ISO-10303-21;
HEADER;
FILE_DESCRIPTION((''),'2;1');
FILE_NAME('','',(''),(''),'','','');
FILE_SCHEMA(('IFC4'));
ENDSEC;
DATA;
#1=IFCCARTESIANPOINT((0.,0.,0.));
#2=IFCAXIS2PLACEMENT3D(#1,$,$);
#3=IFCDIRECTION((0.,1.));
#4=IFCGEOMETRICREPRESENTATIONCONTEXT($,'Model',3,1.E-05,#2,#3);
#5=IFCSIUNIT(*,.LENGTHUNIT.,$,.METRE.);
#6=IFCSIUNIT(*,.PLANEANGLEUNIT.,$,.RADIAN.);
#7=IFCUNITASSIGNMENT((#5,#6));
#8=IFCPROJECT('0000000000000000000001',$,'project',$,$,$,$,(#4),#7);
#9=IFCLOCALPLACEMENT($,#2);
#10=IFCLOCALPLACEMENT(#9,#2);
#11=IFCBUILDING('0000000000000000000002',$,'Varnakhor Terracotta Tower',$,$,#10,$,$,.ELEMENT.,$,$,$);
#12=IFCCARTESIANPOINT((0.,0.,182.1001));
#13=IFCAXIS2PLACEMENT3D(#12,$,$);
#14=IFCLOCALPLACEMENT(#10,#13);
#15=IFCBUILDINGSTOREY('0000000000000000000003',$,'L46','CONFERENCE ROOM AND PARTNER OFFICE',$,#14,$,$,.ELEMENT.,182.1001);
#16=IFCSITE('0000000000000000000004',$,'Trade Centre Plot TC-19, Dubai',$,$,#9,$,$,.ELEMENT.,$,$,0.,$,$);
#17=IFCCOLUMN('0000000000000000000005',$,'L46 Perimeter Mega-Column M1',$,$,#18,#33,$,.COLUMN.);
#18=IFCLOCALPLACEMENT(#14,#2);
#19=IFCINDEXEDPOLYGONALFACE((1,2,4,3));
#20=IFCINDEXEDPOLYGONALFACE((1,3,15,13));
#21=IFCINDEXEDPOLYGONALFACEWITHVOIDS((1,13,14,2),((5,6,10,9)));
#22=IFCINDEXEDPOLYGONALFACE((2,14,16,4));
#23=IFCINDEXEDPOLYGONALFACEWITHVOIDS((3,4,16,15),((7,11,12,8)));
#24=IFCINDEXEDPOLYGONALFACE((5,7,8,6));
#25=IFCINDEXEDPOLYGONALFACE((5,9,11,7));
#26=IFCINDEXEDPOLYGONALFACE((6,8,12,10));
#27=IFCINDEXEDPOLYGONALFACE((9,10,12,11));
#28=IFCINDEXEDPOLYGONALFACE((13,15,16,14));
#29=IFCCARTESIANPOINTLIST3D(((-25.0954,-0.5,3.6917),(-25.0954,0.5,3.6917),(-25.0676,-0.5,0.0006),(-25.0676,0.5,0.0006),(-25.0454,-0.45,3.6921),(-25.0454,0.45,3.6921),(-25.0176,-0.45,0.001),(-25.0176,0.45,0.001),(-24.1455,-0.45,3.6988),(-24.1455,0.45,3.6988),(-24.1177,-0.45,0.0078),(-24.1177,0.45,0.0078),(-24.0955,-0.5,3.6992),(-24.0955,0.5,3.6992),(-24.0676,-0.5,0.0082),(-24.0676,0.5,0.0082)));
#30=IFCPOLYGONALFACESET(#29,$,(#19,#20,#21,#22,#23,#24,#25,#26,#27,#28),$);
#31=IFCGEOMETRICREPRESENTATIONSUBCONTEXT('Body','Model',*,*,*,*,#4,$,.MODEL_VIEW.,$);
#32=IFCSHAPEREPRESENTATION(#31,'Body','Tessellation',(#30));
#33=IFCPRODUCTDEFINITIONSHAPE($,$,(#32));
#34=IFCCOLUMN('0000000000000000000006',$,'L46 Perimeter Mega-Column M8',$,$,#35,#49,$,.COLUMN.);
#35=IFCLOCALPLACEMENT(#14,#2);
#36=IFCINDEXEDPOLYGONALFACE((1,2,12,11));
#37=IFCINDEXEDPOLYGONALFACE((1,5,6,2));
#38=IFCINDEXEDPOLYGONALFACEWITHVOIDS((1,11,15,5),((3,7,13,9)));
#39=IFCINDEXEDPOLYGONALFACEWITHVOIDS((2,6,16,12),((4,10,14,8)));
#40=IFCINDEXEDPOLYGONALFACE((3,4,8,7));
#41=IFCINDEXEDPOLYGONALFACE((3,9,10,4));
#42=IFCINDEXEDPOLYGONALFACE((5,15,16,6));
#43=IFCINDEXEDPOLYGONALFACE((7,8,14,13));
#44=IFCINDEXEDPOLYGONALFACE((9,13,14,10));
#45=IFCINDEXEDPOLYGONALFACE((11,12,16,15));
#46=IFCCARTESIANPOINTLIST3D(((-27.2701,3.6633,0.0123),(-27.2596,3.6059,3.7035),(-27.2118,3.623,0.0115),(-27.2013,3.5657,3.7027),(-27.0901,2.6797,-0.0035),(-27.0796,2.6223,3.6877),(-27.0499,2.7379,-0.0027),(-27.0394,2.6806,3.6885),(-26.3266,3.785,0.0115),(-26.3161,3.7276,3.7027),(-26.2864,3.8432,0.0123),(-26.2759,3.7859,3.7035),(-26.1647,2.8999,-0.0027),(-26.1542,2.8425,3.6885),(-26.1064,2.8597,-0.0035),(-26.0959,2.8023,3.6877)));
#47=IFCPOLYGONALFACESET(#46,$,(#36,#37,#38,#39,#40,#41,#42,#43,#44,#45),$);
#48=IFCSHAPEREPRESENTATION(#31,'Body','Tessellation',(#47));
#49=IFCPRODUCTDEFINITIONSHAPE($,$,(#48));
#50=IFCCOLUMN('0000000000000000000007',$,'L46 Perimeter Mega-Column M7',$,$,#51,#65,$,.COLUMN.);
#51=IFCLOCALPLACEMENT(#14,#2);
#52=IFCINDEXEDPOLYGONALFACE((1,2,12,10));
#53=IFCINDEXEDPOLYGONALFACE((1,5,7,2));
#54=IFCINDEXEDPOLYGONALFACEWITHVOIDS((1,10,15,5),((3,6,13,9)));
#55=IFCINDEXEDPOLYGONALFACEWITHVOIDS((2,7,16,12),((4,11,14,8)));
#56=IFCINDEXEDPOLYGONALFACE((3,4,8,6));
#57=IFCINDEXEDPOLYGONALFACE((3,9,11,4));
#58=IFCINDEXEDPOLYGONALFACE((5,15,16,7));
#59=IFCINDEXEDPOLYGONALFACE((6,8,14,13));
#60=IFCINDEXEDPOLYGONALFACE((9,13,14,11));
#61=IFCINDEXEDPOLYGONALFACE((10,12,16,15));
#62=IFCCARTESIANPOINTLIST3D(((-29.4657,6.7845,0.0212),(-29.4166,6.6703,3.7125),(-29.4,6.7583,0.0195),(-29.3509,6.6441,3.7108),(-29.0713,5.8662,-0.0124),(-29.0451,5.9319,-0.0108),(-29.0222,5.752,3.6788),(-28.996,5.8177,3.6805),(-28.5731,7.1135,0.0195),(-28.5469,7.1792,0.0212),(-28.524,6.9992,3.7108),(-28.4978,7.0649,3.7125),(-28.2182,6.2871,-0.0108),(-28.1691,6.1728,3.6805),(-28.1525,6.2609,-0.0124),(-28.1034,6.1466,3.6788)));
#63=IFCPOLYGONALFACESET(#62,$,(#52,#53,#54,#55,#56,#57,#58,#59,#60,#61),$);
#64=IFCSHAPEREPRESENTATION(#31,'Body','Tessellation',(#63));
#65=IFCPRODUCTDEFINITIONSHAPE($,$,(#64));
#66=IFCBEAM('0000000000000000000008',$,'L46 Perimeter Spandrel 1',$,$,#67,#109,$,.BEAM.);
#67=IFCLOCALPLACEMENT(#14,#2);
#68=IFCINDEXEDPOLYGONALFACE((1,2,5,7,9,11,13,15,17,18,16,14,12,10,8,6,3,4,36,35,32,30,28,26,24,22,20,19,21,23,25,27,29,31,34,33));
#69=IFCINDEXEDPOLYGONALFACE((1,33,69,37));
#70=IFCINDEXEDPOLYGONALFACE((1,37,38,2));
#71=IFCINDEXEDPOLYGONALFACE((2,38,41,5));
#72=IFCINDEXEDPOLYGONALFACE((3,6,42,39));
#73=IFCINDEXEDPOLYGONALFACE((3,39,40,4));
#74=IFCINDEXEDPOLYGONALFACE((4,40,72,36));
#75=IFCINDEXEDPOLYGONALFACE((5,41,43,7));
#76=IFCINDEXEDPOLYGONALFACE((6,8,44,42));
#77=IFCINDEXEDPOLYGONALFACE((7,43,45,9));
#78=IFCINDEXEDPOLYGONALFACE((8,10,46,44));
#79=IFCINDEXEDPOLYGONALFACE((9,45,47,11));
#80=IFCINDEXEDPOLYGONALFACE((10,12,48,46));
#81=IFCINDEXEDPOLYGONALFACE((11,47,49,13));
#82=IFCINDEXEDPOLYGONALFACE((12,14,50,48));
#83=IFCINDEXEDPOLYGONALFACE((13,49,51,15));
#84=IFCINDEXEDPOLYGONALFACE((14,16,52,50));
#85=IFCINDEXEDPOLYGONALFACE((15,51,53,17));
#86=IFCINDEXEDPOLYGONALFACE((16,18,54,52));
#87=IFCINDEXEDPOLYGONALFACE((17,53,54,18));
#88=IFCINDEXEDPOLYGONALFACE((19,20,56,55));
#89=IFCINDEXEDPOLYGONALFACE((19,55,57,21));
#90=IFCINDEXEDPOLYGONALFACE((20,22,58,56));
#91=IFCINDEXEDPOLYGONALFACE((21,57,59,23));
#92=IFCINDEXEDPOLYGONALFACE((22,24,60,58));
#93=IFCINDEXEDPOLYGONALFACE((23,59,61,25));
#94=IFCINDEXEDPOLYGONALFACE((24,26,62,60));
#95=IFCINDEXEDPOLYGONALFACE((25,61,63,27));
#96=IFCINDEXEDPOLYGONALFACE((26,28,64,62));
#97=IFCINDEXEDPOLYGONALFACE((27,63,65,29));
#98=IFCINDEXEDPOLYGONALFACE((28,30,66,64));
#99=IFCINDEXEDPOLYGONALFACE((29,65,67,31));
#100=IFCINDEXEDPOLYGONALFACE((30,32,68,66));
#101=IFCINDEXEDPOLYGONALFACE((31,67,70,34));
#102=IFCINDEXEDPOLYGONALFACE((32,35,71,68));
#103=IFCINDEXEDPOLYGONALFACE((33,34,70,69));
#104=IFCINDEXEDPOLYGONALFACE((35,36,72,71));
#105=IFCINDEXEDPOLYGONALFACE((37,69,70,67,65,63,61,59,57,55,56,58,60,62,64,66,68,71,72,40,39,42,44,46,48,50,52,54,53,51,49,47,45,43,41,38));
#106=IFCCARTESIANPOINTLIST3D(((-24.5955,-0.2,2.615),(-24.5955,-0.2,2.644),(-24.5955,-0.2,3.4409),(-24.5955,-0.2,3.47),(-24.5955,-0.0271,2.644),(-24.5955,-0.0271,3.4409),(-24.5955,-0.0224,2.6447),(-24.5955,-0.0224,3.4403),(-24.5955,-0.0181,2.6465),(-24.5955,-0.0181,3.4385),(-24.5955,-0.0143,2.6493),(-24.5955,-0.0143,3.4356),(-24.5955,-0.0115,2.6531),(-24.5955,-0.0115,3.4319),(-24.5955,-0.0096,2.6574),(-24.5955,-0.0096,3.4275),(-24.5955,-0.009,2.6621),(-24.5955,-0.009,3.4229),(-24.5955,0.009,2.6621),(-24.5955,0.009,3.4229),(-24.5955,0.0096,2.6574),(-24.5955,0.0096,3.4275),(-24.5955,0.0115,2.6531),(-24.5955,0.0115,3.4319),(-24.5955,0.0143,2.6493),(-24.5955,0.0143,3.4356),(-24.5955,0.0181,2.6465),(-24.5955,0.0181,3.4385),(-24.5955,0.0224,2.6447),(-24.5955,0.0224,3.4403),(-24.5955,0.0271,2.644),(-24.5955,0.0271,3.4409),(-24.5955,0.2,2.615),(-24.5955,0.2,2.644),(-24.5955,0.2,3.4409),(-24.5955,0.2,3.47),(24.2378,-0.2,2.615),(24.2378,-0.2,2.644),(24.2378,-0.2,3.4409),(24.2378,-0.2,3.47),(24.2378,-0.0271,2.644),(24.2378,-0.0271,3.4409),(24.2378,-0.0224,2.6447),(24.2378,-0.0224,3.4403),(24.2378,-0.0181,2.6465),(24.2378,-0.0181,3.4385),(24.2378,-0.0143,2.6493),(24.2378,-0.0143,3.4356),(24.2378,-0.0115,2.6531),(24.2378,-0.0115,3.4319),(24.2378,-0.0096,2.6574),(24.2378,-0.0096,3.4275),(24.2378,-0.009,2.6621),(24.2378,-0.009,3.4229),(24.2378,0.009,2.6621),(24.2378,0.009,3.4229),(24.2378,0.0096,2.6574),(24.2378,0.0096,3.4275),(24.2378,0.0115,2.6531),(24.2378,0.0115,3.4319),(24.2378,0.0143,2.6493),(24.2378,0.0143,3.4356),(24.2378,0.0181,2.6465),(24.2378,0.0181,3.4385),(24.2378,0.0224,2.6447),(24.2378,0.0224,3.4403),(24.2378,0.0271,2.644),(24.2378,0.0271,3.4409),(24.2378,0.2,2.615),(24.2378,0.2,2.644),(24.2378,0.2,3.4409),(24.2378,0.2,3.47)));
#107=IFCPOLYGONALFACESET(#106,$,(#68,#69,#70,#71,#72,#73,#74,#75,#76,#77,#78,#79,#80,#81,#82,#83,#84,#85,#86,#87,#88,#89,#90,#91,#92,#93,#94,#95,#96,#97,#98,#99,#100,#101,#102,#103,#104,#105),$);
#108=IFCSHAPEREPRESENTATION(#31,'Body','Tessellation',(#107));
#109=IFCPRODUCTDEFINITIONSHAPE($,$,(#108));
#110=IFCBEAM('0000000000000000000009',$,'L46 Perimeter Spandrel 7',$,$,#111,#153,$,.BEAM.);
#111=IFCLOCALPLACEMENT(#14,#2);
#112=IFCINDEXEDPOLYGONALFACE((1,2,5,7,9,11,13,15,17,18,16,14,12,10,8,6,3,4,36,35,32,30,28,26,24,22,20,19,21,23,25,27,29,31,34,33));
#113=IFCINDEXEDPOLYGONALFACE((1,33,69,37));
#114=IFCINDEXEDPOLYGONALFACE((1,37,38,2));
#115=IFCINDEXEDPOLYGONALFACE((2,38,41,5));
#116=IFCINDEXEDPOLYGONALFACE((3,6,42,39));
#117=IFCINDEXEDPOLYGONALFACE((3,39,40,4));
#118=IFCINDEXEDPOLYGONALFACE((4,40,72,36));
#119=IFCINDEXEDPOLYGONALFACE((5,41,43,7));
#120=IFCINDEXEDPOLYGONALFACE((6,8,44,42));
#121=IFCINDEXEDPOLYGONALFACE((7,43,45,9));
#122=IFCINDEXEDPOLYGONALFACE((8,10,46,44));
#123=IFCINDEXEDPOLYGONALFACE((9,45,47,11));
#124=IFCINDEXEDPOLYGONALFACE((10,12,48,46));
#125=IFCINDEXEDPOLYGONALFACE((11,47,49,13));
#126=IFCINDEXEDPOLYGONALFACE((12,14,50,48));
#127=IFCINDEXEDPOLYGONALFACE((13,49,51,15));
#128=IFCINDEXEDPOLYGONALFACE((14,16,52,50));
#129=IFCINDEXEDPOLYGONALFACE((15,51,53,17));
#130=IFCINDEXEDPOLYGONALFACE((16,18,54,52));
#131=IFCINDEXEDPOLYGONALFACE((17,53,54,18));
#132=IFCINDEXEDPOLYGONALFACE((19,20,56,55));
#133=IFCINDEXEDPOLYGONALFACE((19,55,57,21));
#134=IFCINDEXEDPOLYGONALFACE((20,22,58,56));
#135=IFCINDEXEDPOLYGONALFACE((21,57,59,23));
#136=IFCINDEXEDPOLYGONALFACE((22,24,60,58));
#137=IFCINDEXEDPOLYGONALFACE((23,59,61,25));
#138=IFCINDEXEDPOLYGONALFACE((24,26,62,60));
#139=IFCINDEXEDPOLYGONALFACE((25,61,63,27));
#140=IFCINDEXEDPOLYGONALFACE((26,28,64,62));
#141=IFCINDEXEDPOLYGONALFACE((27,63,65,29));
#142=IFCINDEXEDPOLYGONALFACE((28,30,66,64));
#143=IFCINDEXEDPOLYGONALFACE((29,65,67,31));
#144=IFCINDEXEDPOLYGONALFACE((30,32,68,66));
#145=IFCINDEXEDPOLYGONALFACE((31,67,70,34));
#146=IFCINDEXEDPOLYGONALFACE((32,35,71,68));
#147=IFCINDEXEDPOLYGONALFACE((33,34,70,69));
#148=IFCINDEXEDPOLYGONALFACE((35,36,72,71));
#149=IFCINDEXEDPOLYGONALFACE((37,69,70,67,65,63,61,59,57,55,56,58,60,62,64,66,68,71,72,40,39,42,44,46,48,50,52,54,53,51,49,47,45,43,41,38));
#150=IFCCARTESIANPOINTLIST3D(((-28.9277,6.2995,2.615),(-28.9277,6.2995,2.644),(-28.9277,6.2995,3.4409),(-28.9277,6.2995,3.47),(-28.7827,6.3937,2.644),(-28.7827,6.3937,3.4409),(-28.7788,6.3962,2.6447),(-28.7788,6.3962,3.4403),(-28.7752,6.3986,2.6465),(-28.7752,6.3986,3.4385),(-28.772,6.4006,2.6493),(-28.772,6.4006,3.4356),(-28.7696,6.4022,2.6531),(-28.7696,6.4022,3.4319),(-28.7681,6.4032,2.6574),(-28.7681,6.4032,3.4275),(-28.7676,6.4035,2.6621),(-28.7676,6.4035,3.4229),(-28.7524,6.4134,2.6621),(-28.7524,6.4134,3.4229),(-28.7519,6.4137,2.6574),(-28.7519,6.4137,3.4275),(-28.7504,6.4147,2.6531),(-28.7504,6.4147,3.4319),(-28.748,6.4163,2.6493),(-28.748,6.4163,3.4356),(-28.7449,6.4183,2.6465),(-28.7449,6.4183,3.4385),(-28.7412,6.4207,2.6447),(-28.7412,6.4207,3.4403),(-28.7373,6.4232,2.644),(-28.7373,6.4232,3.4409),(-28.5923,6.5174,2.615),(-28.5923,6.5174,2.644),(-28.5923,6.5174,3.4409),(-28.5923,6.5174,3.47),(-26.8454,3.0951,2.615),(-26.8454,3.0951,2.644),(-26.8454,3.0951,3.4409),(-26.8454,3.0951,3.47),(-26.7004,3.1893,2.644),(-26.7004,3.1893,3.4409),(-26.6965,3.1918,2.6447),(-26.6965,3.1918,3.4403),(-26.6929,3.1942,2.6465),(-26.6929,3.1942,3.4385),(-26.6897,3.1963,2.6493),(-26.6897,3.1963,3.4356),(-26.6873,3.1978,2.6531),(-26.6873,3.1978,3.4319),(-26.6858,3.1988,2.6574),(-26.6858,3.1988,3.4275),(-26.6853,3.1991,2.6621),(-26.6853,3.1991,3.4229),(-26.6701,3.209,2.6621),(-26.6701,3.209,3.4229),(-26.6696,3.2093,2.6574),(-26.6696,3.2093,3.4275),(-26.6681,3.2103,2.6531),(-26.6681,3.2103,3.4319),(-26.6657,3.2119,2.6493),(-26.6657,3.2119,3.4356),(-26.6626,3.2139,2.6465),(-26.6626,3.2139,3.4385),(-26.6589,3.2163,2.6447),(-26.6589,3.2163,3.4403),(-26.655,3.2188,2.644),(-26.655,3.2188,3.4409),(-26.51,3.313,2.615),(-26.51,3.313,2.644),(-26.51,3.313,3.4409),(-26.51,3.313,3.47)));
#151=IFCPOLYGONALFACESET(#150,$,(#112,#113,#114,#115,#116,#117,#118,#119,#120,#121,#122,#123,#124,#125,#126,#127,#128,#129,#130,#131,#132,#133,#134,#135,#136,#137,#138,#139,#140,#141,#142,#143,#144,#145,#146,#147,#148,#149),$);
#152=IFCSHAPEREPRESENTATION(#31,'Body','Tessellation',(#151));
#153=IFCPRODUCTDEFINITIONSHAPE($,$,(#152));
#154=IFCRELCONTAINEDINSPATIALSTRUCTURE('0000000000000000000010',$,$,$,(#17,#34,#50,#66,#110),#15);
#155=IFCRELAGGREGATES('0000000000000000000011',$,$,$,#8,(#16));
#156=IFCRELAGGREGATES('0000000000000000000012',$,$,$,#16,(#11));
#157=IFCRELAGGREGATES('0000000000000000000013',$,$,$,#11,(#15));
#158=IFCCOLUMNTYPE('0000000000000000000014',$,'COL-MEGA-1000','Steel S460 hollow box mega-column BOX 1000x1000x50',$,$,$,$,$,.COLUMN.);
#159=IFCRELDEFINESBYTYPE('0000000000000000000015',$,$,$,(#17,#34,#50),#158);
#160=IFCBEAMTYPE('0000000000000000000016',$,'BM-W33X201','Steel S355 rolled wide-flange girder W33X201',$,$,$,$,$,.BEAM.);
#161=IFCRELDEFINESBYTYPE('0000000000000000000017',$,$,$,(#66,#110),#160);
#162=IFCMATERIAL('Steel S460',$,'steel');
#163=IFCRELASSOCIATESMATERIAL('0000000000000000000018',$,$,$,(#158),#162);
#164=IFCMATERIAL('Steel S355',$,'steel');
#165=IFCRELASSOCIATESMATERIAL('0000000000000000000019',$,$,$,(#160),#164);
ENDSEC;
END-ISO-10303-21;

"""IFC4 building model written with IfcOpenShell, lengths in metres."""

from ifc_helpers import new_model, si_unit, direction, frame, origin, origin_2d, place, context, subcontext, project, spatial, hollow_rectangle, i_section, extrude, source, transform, mapped, material, material_profile, profile_set, type_object, element, save


model = new_model("IFC4")

# Units and contexts
model_context = context("Model", 3, precision=1e-05, world=origin(), true_north=direction((0.0, 1.0)))
body_context = subcontext(model_context, "Body", "Model", "MODEL_VIEW")
ifc_project = project(units=[si_unit("LENGTHUNIT", "METRE"), si_unit("PLANEANGLEUNIT", "RADIAN")], contexts=[model_context])

# Site, building, storey
site_placement = place(None, origin())
site = spatial("IfcSite", under=ifc_project, at=site_placement, Name="Trade Centre Plot TC-19, Dubai", CompositionType="ELEMENT", RefElevation=0.0)
building_placement = place(site_placement, origin())
building = spatial("IfcBuilding", under=site, at=building_placement, Name="Varnakhor Terracotta Tower", CompositionType="ELEMENT")
storey_placement = place(building_placement, frame((0.0, 0.0, 182.1001)))
storey = spatial("IfcBuildingStorey", under=building, at=storey_placement, Name="L46", Description="CONFERENCE ROOM AND PARTNER OFFICE", CompositionType="ELEMENT", Elevation=182.1001)

# Columns
ifc_material_1 = material(Name="Steel S460", Category="steel")
ifc_material_profile_1 = material_profile(ifc_material_1, hollow_rectangle(XDim=1.0, YDim=1.0, WallThickness=0.05, at=origin_2d()), Name="BOX 1000x1000x50")
ifc_profile_set_1 = profile_set([ifc_material_profile_1], Name="Steel S460")
column_type = type_object("IfcColumnType", Name="COL-MEGA-1000", Description="Steel S460 hollow box mega-column BOX 1000x1000x50", PredefinedType="COLUMN", material=ifc_profile_set_1)
shared_shape_1 = source(origin(), body_context, "Body", "SweptSolid", [
    extrude(hollow_rectangle(XDim=1.0, YDim=1.0, WallThickness=0.05, at=origin_2d()), origin(), (0.0, 0.0, 1.0), 3.6912),
])
column_1_placement = place(storey_placement, frame((-24.5676, 0.0, 0.0044), z_axis=(-0.00754, 0.0, 0.999972), x_axis=(0.0, -1.0, 0.0)))
element("IfcColumn", 1, at=column_1_placement, inside=storey, type_object=column_type, Name="L46 Perimeter Mega-Column M1", PredefinedType="COLUMN", context=body_context, shape_type="MappedRepresentation", body=[
    mapped(shared_shape_1, transform((0.0, 0.0, 0.0), scale=1.0)),
])
shared_shape_2 = source(origin(), body_context, "Body", "SweptSolid", [
    extrude(hollow_rectangle(XDim=1.0, YDim=1.0, WallThickness=0.05, at=origin_2d()), origin(), (0.0, 0.0, 1.0), 3.6917),
])
column_2_placement = place(storey_placement, frame((-26.6882, 3.2615, 0.0044), z_axis=(0.002844, -0.015541, 0.999875), x_axis=(0.983668, 0.17999, 0.0)))
element("IfcColumn", 2, at=column_2_placement, inside=storey, type_object=column_type, Name="L46 Perimeter Mega-Column M8", PredefinedType="COLUMN", context=body_context, shape_type="MappedRepresentation", body=[
    mapped(shared_shape_2, transform((0.0, 0.0, 0.0), scale=1.0)),
])
shared_shape_3 = source(origin(), body_context, "Body", "SweptSolid", [
    extrude(hollow_rectangle(XDim=1.0, YDim=1.0, WallThickness=0.05, at=origin_2d()), origin(), (0.0, 0.0, 1.0), 3.6934),
])
column_3_placement = place(storey_placement, frame((-28.8091, 6.5227, 0.0044), z_axis=(0.013287, -0.030937, 0.999433), x_axis=(0.91884, 0.39463, 0.0)))
element("IfcColumn", 3, at=column_3_placement, inside=storey, type_object=column_type, Name="L46 Perimeter Mega-Column M7", PredefinedType="COLUMN", context=body_context, shape_type="MappedRepresentation", body=[
    mapped(shared_shape_3, transform((0.0, 0.0, 0.0), scale=1.0)),
])

# Beams
ifc_material_2 = material(Name="Steel S355", Category="steel")
ifc_material_profile_2 = material_profile(ifc_material_2, i_section(OverallWidth=0.3999, OverallDepth=0.855, WebThickness=0.0181, FlangeThickness=0.0291, FilletRadius=0.0181, at=origin_2d()), Name="W33X201")
ifc_profile_set_2 = profile_set([ifc_material_profile_2], Name="Steel S355")
beam_type_1 = type_object("IfcBeamType", Name="BM-W33X201", Description="Steel S355 rolled wide-flange girder W33X201", PredefinedType="BEAM", material=ifc_profile_set_2)
shared_shape_4 = source(origin(), body_context, "Body", "SweptSolid", [
    extrude(i_section(OverallWidth=0.3999, OverallDepth=0.855, WebThickness=0.0181, FlangeThickness=0.0291, FilletRadius=0.0181, at=origin_2d()), origin(), (0.0, 0.0, 1.0), 48.8333),
])
beam_1_placement = place(storey_placement, frame((-24.5955, 0.0, 3.0425), z_axis=(1.0, 0.0, 0.0), x_axis=(0.0, 1.0, 0.0)))
element("IfcBeam", 4, at=beam_1_placement, inside=storey, type_object=beam_type_1, Name="L46 Perimeter Spandrel 1", PredefinedType="BEAM", context=body_context, shape_type="MappedRepresentation", body=[
    mapped(shared_shape_4, transform((0.0, 0.0, 0.0), scale=1.0)),
])
shared_shape_5 = source(origin(), body_context, "Body", "SweptSolid", [
    extrude(i_section(OverallWidth=0.3999, OverallDepth=0.855, WebThickness=0.0181, FlangeThickness=0.0291, FilletRadius=0.0181, at=origin_2d()), origin(), (0.0, 0.0, 1.0), 3.8215),
])
beam_2_placement = place(storey_placement, frame((-28.76, 6.4084, 3.0425), z_axis=(0.544887, -0.838509, 0.0), x_axis=(0.838509, 0.544887, 0.0)))
element("IfcBeam", 5, at=beam_2_placement, inside=storey, type_object=beam_type_1, Name="L46 Perimeter Spandrel 7", PredefinedType="BEAM", context=body_context, shape_type="MappedRepresentation", body=[
    mapped(shared_shape_5, transform((0.0, 0.0, 0.0), scale=1.0)),
])

save(model, "model.ifc")
